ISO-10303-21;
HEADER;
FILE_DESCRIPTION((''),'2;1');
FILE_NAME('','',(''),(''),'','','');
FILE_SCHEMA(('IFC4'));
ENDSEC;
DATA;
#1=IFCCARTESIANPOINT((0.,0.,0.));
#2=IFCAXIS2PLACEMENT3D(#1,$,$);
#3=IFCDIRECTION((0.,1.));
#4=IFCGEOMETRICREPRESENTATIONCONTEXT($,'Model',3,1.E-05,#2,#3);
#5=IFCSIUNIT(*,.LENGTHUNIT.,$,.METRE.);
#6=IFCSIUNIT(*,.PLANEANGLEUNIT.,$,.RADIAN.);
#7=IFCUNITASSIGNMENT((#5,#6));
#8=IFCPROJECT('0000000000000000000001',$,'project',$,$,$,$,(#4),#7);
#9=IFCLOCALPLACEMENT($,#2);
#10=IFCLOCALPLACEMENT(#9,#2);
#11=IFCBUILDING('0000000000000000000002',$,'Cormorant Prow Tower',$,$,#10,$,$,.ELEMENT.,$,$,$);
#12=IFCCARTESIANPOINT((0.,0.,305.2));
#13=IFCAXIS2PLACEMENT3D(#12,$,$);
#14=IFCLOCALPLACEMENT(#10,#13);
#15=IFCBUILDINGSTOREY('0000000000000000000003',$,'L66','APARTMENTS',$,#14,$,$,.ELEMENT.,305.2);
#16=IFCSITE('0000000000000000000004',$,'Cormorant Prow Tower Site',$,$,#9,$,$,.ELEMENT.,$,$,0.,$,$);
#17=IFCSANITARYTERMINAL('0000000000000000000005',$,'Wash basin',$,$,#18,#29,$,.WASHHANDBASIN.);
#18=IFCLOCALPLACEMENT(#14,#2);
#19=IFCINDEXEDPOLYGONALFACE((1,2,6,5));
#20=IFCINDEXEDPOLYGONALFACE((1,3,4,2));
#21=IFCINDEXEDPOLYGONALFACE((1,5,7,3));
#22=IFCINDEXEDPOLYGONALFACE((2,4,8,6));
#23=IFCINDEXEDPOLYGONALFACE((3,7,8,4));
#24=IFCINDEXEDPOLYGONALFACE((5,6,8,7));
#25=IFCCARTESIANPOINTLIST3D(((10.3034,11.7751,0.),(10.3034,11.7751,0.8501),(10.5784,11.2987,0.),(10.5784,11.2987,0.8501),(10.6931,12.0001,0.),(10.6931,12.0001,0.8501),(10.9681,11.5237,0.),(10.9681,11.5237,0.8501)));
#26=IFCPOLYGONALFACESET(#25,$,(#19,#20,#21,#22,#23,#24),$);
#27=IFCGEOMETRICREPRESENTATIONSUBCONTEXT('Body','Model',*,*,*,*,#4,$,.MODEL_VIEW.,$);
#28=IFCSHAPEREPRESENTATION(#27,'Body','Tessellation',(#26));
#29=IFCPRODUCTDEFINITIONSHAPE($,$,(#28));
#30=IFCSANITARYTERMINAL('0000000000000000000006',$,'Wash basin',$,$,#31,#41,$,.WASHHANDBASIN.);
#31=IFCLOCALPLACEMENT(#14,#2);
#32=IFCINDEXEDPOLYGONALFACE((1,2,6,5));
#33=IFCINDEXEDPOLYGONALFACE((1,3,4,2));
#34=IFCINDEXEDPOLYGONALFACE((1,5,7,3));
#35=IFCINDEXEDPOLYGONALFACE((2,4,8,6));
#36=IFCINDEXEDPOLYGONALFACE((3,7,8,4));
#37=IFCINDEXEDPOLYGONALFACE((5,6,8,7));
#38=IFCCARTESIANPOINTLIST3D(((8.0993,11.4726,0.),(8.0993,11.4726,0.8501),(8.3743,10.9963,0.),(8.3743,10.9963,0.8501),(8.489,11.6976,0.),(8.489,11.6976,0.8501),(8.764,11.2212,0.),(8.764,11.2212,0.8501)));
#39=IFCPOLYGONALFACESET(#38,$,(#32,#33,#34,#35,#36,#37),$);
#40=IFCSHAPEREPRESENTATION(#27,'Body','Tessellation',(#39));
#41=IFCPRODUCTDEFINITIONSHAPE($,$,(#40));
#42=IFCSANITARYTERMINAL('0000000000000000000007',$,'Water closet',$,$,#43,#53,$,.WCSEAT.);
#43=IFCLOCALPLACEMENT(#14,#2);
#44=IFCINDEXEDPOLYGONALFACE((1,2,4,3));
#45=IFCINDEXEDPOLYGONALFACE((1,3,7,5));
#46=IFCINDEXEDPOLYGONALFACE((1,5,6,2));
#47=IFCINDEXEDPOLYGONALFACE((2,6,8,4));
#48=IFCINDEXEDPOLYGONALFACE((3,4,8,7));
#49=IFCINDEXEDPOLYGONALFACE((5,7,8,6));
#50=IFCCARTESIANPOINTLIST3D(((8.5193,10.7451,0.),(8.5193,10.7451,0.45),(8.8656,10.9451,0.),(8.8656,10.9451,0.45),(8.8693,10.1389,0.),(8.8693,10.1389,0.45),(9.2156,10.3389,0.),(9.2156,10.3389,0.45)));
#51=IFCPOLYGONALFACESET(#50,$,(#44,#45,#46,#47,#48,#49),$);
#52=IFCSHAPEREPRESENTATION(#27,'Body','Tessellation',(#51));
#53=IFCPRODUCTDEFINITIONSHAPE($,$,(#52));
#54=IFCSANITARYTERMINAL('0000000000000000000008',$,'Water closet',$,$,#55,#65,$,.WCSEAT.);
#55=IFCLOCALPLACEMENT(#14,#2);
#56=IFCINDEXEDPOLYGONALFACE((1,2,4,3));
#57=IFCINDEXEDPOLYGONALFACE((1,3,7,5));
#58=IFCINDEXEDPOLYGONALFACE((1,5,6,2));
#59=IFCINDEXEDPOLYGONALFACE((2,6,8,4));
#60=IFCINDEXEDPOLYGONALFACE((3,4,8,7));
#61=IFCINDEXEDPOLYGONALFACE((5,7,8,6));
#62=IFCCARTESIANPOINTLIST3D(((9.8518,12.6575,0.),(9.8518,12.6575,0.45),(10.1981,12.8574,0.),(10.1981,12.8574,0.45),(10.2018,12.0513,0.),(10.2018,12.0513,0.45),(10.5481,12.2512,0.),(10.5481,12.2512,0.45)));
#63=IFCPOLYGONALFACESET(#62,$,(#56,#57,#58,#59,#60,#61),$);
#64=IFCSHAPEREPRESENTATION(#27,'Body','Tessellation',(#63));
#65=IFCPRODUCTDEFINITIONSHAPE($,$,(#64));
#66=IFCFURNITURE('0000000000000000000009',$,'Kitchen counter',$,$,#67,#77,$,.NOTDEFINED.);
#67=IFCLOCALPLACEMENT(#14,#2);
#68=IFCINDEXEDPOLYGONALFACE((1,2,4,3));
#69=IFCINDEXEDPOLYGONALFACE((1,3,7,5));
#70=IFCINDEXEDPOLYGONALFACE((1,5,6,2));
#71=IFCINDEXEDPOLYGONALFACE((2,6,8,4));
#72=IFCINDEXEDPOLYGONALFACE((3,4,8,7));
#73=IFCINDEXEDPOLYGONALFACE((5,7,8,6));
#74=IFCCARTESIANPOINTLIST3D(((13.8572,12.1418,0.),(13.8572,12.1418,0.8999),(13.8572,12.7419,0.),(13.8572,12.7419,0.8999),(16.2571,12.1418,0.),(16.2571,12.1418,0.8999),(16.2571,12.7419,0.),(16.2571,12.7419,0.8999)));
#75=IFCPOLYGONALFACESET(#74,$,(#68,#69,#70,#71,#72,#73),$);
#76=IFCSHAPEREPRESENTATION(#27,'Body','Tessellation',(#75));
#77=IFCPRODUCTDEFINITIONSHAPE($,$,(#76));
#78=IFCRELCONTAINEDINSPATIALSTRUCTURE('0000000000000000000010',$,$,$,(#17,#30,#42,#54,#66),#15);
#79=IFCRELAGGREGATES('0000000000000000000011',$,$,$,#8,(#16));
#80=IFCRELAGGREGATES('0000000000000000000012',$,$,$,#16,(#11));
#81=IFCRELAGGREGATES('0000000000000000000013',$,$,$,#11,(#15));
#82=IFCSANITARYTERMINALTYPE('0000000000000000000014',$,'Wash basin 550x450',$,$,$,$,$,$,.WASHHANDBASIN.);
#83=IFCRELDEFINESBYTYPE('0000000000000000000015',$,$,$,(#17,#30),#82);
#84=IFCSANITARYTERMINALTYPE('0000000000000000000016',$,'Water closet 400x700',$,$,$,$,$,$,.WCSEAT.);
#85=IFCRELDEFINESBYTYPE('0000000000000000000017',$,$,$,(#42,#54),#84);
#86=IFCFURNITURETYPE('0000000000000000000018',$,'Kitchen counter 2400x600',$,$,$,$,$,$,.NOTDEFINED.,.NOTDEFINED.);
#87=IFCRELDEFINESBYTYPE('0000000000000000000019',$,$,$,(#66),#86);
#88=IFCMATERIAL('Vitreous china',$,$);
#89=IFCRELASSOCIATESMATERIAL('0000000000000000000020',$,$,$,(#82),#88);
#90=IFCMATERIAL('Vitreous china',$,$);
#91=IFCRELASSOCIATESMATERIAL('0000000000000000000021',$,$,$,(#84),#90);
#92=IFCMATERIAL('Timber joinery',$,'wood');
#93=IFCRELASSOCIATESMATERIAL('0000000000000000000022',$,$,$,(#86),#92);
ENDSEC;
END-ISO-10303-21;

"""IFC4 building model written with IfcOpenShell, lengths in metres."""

from ifc_helpers import new_model, si_unit, direction, frame, origin, origin_2d, place, context, subcontext, project, spatial, rectangle, extrude, material, type_object, element, save


model = new_model("IFC4")

# Units and contexts
model_context = context("Model", 3, precision=1e-05, world=origin(), true_north=direction((0.0, 1.0)))
body_context = subcontext(model_context, "Body", "Model", "MODEL_VIEW")
ifc_project = project(units=[si_unit("LENGTHUNIT", "METRE"), si_unit("PLANEANGLEUNIT", "RADIAN")], contexts=[model_context])

# Site, building, storey
site_placement = place(None, origin())
site = spatial("IfcSite", under=ifc_project, at=site_placement, Name="Cormorant Prow Tower Site", CompositionType="ELEMENT", RefElevation=0.0)
building_placement = place(site_placement, origin())
building = spatial("IfcBuilding", under=site, at=building_placement, Name="Cormorant Prow Tower", CompositionType="ELEMENT")
storey_placement = place(building_placement, frame((0.0, 0.0, 305.2)))
storey = spatial("IfcBuildingStorey", under=building, at=storey_placement, Name="L66", Description="APARTMENTS", CompositionType="ELEMENT", Elevation=305.2)

# Sanitary terminals
ifc_material_1 = material(Name="Vitreous china")
sanitary_terminal_type_1 = type_object("IfcSanitaryTerminalType", Name="Wash basin 550x450", PredefinedType="WASHHANDBASIN", material=ifc_material_1)
for number, where, z_axis, x_axis, name in (
    (1, (10.6357, 11.6494, 0.0), (0.0, 0.0, 1.0), (0.5, -0.866025, 0.0), "Wash basin"),
    (2, (8.4316, 11.3469, 0.0), (0.0, 0.0, 1.0), (-0.5, 0.866025, 0.0), "Wash basin"),
):
    element("IfcSanitaryTerminal", number, at=place(storey_placement, frame(where, z_axis=z_axis, x_axis=x_axis)), inside=storey, type_object=sanitary_terminal_type_1, Name=name, PredefinedType="WASHHANDBASIN", context=body_context, shape_type="SweptSolid", body=[
        extrude(rectangle(XDim=0.55, YDim=0.45, at=origin_2d()), origin(), (0.0, 0.0, 1.0), 0.8501),
    ])
ifc_material_2 = material(Name="Vitreous china")
sanitary_terminal_type_2 = type_object("IfcSanitaryTerminalType", Name="Water closet 400x700", PredefinedType="WCSEAT", material=ifc_material_2)
for number, where, z_axis, x_axis, name in (
    (3, (8.8674, 10.542, 0.0), (0.0, 0.0, 1.0), (0.866025, 0.5, 0.0), "Water closet"),
    (4, (10.2, 12.4543, 0.0), (0.0, 0.0, 1.0), (-0.866025, -0.5, 0.0), "Water closet"),
):
    element("IfcSanitaryTerminal", number, at=place(storey_placement, frame(where, z_axis=z_axis, x_axis=x_axis)), inside=storey, type_object=sanitary_terminal_type_2, Name=name, PredefinedType="WCSEAT", context=body_context, shape_type="SweptSolid", body=[
        extrude(rectangle(XDim=0.3999, YDim=0.7, at=origin_2d()), origin(), (0.0, 0.0, 1.0), 0.45),
    ])

# Furniture
ifc_material_3 = material(Name="Timber joinery", Category="wood")
furniture_type = type_object("IfcFurnitureType", Name="Kitchen counter 2400x600", AssemblyPlace="NOTDEFINED", PredefinedType="NOTDEFINED", material=ifc_material_3)
furniture_placement = place(storey_placement, frame((15.0571, 12.4419, 0.0), z_axis=(0.0, 0.0, 1.0), x_axis=(1.0, 0.0, 0.0)))
element("IfcFurniture", 5, at=furniture_placement, inside=storey, type_object=furniture_type, Name="Kitchen counter", PredefinedType="NOTDEFINED", context=body_context, shape_type="SweptSolid", body=[
    extrude(rectangle(XDim=2.3999, YDim=0.6001, at=origin_2d()), origin(), (0.0, 0.0, 1.0), 0.8999),
])

save(model, "model.ifc")
